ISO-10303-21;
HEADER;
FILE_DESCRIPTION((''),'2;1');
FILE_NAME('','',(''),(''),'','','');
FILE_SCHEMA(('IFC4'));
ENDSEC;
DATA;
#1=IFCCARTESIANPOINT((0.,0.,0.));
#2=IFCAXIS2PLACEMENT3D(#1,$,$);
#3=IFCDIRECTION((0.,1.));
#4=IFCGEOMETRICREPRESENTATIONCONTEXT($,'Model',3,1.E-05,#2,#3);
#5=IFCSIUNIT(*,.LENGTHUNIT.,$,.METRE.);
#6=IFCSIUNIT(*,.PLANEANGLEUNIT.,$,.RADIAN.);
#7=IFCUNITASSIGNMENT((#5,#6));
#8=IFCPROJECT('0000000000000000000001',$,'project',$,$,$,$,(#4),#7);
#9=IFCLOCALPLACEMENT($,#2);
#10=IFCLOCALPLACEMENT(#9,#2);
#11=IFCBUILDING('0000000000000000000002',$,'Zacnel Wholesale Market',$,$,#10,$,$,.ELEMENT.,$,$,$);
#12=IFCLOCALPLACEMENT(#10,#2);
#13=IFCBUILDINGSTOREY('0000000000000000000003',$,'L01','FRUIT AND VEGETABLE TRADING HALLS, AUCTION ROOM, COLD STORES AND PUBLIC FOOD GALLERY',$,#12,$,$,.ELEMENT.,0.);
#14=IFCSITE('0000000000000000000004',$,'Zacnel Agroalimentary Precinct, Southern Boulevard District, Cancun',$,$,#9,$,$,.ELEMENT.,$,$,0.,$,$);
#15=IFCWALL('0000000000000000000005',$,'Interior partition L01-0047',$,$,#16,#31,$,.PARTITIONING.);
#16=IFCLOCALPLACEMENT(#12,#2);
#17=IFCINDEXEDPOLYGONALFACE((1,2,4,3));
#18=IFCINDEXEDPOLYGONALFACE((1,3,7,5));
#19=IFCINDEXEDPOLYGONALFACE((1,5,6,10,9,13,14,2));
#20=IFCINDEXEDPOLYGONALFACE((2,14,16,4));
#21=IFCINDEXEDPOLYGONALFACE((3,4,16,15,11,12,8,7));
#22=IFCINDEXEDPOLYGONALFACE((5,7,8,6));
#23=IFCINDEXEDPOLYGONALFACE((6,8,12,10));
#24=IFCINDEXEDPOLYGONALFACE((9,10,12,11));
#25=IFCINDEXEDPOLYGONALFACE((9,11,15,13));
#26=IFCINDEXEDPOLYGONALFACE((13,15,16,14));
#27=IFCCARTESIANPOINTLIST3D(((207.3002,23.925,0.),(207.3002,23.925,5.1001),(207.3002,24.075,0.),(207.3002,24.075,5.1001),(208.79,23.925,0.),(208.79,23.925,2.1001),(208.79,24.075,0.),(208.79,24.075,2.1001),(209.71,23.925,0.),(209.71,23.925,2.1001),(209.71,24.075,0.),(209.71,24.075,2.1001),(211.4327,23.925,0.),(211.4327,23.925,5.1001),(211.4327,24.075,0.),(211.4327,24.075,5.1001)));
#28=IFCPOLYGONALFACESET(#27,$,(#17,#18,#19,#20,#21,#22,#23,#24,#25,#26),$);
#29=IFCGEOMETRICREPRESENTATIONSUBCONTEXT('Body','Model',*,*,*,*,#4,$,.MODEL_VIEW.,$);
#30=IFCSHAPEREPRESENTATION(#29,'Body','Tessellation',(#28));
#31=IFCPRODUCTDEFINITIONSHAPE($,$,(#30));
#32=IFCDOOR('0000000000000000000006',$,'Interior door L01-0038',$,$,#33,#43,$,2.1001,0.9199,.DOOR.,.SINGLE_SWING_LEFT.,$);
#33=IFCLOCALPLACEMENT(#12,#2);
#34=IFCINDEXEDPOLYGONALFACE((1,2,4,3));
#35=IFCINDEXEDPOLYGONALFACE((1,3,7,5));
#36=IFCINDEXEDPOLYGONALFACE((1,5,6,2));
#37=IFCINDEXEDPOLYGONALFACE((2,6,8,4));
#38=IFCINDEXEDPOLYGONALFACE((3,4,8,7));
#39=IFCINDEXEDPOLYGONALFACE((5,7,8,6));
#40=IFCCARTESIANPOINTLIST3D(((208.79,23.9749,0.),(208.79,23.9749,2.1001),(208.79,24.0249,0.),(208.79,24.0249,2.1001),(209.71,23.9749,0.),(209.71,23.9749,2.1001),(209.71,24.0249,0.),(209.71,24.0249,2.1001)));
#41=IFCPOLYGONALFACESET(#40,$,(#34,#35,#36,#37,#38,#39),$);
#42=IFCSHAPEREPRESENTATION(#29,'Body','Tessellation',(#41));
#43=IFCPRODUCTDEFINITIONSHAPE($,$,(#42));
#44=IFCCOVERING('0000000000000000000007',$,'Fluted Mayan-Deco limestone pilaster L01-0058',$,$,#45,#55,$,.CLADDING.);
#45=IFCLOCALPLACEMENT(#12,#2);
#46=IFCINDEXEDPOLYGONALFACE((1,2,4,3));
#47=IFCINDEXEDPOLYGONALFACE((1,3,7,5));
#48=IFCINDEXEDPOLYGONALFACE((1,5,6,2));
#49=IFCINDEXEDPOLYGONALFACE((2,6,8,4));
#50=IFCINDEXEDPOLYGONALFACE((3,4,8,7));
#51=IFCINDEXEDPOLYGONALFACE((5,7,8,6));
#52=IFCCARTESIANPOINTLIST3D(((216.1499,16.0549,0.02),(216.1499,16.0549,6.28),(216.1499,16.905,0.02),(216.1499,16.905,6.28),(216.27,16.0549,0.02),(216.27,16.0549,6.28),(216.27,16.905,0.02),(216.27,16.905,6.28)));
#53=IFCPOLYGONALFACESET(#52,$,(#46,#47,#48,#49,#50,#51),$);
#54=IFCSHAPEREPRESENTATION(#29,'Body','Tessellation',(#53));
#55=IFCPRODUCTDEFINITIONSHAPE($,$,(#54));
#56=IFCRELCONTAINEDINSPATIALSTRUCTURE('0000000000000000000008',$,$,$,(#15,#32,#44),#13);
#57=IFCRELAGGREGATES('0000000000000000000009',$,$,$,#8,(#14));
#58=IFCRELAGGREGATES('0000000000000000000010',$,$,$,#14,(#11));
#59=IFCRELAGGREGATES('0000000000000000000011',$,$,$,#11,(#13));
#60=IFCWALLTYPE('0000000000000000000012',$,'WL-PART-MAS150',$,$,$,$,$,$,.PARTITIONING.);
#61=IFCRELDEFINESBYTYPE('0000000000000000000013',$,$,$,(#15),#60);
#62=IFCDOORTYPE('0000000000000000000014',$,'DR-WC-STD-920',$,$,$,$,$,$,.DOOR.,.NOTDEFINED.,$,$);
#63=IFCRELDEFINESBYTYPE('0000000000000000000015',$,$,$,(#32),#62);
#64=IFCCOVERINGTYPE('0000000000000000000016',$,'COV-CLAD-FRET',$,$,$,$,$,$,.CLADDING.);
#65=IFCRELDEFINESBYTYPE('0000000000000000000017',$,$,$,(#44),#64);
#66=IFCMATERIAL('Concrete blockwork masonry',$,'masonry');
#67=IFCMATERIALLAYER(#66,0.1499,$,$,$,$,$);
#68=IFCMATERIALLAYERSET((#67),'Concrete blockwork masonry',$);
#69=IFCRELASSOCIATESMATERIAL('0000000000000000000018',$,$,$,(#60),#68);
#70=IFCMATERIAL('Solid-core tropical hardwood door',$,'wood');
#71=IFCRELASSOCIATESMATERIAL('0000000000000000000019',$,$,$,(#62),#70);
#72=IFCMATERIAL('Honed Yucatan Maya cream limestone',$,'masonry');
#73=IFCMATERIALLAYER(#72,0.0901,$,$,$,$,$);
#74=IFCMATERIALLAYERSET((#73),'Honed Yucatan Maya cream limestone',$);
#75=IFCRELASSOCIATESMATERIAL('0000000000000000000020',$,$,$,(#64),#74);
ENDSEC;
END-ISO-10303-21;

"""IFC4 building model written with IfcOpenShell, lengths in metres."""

from ifc_helpers import new_model, si_unit, direction, frame, frame_2d, origin, origin_2d, place, context, subcontext, project, spatial, rectangle, extrude, material, layer, layer_set, type_object, element, fill, save


model = new_model("IFC4")

# Units and contexts
model_context = context("Model", 3, precision=1e-05, world=origin(), true_north=direction((0.0, 1.0)))
body_context = subcontext(model_context, "Body", "Model", "MODEL_VIEW")
ifc_project = project(units=[si_unit("LENGTHUNIT", "METRE"), si_unit("PLANEANGLEUNIT", "RADIAN")], contexts=[model_context])

# Site, building, storey
site_placement = place(None, origin())
site = spatial("IfcSite", under=ifc_project, at=site_placement, Name="Zacnel Agroalimentary Precinct, Southern Boulevard District, Cancun", CompositionType="ELEMENT", RefElevation=0.0)
building_placement = place(site_placement, origin())
building = spatial("IfcBuilding", under=site, at=building_placement, Name="Zacnel Wholesale Market", CompositionType="ELEMENT")
storey_placement = place(building_placement, origin())
storey = spatial("IfcBuildingStorey", under=building, at=storey_placement, Name="L01", Description="FRUIT AND VEGETABLE TRADING HALLS, AUCTION ROOM, COLD STORES AND PUBLIC FOOD GALLERY", CompositionType="ELEMENT", Elevation=0.0)

# Wall, opening, door
ifc_material_1 = material(Name="Concrete blockwork masonry", Category="masonry")
ifc_layer_1 = layer(ifc_material_1, 0.1499)
ifc_layer_set_1 = layer_set([ifc_layer_1], Name="Concrete blockwork masonry")
wall_type_1 = type_object("IfcWallType", Name="WL-PART-MAS150", PredefinedType="PARTITIONING", material=ifc_layer_set_1)
wall_1_placement = place(storey_placement, frame((207.3, 24.0, 0.0), z_axis=(0.0, 0.0, 1.0), x_axis=(1.0, 0.0, 0.0)))
wall_1 = element("IfcWall", 1, at=wall_1_placement, inside=storey, type_object=wall_type_1, Name="Interior partition L01-0047", PredefinedType="PARTITIONING", context=body_context, shape_type="SweptSolid", body=[
    extrude(rectangle(XDim=4.1326, YDim=0.1499, at=frame_2d((2.0664, 0.0))), origin(), (0.0, 0.0, 1.0), 5.1001),
])
opening_1_placement = place(wall_1_placement, frame((1.49, 0.0, 0.0)))
opening_1 = element("IfcOpeningElement", 2, at=opening_1_placement, cuts=wall_1, PredefinedType="OPENING", context=body_context, shape_type="SweptSolid", body=[
    extrude(rectangle(XDim=0.9199, YDim=2.1001, at=frame_2d((0.46, 1.05))), frame((0.0, 0.085, 0.0), z_axis=(0.0, -1.0, 0.0), x_axis=(1.0, 0.0, 0.0)), (0.0, 0.0, 1.0), 0.1699),
])
ifc_material_2 = material(Name="Solid-core tropical hardwood door", Category="wood")
door_type_1 = type_object("IfcDoorType", Name="DR-WC-STD-920", OperationType="NOTDEFINED", PredefinedType="DOOR", material=ifc_material_2)
door_1_placement = place(opening_1_placement, origin())
door_1 = element("IfcDoor", 3, at=door_1_placement, inside=storey, type_object=door_type_1, Name="Interior door L01-0038", OperationType="SINGLE_SWING_LEFT", OverallHeight=2.1001, OverallWidth=0.9199, PredefinedType="DOOR", context=body_context, shape_type="SweptSolid", body=[
    extrude(rectangle(XDim=0.9199, YDim=2.1001, at=frame_2d((0.46, 1.05))), frame((0.0, 0.0249, 0.0), z_axis=(0.0, -1.0, 0.0), x_axis=(1.0, 0.0, 0.0)), (0.0, 0.0, 1.0), 0.05),
])
fill(opening_1, door_1)

# Covering
ifc_material_3 = material(Name="Honed Yucatan Maya cream limestone", Category="masonry")
ifc_layer_2 = layer(ifc_material_3, 0.0901)
ifc_layer_set_2 = layer_set([ifc_layer_2], Name="Honed Yucatan Maya cream limestone")
covering_type = type_object("IfcCoveringType", Name="COV-CLAD-FRET", PredefinedType="CLADDING", material=ifc_layer_set_2)
covering_placement = place(storey_placement, frame((216.21, 16.48, 0.02), z_axis=(0.0, 0.0, 1.0), x_axis=(0.0, 1.0, 0.0)))
element("IfcCovering", 4, at=covering_placement, inside=storey, type_object=covering_type, Name="Fluted Mayan-Deco limestone pilaster L01-0058", PredefinedType="CLADDING", context=body_context, shape_type="SweptSolid", body=[
    extrude(rectangle(XDim=0.8501, YDim=0.1201, at=origin_2d()), origin(), (0.0, 0.0, 1.0), 6.26),
])

save(model, "model.ifc")
